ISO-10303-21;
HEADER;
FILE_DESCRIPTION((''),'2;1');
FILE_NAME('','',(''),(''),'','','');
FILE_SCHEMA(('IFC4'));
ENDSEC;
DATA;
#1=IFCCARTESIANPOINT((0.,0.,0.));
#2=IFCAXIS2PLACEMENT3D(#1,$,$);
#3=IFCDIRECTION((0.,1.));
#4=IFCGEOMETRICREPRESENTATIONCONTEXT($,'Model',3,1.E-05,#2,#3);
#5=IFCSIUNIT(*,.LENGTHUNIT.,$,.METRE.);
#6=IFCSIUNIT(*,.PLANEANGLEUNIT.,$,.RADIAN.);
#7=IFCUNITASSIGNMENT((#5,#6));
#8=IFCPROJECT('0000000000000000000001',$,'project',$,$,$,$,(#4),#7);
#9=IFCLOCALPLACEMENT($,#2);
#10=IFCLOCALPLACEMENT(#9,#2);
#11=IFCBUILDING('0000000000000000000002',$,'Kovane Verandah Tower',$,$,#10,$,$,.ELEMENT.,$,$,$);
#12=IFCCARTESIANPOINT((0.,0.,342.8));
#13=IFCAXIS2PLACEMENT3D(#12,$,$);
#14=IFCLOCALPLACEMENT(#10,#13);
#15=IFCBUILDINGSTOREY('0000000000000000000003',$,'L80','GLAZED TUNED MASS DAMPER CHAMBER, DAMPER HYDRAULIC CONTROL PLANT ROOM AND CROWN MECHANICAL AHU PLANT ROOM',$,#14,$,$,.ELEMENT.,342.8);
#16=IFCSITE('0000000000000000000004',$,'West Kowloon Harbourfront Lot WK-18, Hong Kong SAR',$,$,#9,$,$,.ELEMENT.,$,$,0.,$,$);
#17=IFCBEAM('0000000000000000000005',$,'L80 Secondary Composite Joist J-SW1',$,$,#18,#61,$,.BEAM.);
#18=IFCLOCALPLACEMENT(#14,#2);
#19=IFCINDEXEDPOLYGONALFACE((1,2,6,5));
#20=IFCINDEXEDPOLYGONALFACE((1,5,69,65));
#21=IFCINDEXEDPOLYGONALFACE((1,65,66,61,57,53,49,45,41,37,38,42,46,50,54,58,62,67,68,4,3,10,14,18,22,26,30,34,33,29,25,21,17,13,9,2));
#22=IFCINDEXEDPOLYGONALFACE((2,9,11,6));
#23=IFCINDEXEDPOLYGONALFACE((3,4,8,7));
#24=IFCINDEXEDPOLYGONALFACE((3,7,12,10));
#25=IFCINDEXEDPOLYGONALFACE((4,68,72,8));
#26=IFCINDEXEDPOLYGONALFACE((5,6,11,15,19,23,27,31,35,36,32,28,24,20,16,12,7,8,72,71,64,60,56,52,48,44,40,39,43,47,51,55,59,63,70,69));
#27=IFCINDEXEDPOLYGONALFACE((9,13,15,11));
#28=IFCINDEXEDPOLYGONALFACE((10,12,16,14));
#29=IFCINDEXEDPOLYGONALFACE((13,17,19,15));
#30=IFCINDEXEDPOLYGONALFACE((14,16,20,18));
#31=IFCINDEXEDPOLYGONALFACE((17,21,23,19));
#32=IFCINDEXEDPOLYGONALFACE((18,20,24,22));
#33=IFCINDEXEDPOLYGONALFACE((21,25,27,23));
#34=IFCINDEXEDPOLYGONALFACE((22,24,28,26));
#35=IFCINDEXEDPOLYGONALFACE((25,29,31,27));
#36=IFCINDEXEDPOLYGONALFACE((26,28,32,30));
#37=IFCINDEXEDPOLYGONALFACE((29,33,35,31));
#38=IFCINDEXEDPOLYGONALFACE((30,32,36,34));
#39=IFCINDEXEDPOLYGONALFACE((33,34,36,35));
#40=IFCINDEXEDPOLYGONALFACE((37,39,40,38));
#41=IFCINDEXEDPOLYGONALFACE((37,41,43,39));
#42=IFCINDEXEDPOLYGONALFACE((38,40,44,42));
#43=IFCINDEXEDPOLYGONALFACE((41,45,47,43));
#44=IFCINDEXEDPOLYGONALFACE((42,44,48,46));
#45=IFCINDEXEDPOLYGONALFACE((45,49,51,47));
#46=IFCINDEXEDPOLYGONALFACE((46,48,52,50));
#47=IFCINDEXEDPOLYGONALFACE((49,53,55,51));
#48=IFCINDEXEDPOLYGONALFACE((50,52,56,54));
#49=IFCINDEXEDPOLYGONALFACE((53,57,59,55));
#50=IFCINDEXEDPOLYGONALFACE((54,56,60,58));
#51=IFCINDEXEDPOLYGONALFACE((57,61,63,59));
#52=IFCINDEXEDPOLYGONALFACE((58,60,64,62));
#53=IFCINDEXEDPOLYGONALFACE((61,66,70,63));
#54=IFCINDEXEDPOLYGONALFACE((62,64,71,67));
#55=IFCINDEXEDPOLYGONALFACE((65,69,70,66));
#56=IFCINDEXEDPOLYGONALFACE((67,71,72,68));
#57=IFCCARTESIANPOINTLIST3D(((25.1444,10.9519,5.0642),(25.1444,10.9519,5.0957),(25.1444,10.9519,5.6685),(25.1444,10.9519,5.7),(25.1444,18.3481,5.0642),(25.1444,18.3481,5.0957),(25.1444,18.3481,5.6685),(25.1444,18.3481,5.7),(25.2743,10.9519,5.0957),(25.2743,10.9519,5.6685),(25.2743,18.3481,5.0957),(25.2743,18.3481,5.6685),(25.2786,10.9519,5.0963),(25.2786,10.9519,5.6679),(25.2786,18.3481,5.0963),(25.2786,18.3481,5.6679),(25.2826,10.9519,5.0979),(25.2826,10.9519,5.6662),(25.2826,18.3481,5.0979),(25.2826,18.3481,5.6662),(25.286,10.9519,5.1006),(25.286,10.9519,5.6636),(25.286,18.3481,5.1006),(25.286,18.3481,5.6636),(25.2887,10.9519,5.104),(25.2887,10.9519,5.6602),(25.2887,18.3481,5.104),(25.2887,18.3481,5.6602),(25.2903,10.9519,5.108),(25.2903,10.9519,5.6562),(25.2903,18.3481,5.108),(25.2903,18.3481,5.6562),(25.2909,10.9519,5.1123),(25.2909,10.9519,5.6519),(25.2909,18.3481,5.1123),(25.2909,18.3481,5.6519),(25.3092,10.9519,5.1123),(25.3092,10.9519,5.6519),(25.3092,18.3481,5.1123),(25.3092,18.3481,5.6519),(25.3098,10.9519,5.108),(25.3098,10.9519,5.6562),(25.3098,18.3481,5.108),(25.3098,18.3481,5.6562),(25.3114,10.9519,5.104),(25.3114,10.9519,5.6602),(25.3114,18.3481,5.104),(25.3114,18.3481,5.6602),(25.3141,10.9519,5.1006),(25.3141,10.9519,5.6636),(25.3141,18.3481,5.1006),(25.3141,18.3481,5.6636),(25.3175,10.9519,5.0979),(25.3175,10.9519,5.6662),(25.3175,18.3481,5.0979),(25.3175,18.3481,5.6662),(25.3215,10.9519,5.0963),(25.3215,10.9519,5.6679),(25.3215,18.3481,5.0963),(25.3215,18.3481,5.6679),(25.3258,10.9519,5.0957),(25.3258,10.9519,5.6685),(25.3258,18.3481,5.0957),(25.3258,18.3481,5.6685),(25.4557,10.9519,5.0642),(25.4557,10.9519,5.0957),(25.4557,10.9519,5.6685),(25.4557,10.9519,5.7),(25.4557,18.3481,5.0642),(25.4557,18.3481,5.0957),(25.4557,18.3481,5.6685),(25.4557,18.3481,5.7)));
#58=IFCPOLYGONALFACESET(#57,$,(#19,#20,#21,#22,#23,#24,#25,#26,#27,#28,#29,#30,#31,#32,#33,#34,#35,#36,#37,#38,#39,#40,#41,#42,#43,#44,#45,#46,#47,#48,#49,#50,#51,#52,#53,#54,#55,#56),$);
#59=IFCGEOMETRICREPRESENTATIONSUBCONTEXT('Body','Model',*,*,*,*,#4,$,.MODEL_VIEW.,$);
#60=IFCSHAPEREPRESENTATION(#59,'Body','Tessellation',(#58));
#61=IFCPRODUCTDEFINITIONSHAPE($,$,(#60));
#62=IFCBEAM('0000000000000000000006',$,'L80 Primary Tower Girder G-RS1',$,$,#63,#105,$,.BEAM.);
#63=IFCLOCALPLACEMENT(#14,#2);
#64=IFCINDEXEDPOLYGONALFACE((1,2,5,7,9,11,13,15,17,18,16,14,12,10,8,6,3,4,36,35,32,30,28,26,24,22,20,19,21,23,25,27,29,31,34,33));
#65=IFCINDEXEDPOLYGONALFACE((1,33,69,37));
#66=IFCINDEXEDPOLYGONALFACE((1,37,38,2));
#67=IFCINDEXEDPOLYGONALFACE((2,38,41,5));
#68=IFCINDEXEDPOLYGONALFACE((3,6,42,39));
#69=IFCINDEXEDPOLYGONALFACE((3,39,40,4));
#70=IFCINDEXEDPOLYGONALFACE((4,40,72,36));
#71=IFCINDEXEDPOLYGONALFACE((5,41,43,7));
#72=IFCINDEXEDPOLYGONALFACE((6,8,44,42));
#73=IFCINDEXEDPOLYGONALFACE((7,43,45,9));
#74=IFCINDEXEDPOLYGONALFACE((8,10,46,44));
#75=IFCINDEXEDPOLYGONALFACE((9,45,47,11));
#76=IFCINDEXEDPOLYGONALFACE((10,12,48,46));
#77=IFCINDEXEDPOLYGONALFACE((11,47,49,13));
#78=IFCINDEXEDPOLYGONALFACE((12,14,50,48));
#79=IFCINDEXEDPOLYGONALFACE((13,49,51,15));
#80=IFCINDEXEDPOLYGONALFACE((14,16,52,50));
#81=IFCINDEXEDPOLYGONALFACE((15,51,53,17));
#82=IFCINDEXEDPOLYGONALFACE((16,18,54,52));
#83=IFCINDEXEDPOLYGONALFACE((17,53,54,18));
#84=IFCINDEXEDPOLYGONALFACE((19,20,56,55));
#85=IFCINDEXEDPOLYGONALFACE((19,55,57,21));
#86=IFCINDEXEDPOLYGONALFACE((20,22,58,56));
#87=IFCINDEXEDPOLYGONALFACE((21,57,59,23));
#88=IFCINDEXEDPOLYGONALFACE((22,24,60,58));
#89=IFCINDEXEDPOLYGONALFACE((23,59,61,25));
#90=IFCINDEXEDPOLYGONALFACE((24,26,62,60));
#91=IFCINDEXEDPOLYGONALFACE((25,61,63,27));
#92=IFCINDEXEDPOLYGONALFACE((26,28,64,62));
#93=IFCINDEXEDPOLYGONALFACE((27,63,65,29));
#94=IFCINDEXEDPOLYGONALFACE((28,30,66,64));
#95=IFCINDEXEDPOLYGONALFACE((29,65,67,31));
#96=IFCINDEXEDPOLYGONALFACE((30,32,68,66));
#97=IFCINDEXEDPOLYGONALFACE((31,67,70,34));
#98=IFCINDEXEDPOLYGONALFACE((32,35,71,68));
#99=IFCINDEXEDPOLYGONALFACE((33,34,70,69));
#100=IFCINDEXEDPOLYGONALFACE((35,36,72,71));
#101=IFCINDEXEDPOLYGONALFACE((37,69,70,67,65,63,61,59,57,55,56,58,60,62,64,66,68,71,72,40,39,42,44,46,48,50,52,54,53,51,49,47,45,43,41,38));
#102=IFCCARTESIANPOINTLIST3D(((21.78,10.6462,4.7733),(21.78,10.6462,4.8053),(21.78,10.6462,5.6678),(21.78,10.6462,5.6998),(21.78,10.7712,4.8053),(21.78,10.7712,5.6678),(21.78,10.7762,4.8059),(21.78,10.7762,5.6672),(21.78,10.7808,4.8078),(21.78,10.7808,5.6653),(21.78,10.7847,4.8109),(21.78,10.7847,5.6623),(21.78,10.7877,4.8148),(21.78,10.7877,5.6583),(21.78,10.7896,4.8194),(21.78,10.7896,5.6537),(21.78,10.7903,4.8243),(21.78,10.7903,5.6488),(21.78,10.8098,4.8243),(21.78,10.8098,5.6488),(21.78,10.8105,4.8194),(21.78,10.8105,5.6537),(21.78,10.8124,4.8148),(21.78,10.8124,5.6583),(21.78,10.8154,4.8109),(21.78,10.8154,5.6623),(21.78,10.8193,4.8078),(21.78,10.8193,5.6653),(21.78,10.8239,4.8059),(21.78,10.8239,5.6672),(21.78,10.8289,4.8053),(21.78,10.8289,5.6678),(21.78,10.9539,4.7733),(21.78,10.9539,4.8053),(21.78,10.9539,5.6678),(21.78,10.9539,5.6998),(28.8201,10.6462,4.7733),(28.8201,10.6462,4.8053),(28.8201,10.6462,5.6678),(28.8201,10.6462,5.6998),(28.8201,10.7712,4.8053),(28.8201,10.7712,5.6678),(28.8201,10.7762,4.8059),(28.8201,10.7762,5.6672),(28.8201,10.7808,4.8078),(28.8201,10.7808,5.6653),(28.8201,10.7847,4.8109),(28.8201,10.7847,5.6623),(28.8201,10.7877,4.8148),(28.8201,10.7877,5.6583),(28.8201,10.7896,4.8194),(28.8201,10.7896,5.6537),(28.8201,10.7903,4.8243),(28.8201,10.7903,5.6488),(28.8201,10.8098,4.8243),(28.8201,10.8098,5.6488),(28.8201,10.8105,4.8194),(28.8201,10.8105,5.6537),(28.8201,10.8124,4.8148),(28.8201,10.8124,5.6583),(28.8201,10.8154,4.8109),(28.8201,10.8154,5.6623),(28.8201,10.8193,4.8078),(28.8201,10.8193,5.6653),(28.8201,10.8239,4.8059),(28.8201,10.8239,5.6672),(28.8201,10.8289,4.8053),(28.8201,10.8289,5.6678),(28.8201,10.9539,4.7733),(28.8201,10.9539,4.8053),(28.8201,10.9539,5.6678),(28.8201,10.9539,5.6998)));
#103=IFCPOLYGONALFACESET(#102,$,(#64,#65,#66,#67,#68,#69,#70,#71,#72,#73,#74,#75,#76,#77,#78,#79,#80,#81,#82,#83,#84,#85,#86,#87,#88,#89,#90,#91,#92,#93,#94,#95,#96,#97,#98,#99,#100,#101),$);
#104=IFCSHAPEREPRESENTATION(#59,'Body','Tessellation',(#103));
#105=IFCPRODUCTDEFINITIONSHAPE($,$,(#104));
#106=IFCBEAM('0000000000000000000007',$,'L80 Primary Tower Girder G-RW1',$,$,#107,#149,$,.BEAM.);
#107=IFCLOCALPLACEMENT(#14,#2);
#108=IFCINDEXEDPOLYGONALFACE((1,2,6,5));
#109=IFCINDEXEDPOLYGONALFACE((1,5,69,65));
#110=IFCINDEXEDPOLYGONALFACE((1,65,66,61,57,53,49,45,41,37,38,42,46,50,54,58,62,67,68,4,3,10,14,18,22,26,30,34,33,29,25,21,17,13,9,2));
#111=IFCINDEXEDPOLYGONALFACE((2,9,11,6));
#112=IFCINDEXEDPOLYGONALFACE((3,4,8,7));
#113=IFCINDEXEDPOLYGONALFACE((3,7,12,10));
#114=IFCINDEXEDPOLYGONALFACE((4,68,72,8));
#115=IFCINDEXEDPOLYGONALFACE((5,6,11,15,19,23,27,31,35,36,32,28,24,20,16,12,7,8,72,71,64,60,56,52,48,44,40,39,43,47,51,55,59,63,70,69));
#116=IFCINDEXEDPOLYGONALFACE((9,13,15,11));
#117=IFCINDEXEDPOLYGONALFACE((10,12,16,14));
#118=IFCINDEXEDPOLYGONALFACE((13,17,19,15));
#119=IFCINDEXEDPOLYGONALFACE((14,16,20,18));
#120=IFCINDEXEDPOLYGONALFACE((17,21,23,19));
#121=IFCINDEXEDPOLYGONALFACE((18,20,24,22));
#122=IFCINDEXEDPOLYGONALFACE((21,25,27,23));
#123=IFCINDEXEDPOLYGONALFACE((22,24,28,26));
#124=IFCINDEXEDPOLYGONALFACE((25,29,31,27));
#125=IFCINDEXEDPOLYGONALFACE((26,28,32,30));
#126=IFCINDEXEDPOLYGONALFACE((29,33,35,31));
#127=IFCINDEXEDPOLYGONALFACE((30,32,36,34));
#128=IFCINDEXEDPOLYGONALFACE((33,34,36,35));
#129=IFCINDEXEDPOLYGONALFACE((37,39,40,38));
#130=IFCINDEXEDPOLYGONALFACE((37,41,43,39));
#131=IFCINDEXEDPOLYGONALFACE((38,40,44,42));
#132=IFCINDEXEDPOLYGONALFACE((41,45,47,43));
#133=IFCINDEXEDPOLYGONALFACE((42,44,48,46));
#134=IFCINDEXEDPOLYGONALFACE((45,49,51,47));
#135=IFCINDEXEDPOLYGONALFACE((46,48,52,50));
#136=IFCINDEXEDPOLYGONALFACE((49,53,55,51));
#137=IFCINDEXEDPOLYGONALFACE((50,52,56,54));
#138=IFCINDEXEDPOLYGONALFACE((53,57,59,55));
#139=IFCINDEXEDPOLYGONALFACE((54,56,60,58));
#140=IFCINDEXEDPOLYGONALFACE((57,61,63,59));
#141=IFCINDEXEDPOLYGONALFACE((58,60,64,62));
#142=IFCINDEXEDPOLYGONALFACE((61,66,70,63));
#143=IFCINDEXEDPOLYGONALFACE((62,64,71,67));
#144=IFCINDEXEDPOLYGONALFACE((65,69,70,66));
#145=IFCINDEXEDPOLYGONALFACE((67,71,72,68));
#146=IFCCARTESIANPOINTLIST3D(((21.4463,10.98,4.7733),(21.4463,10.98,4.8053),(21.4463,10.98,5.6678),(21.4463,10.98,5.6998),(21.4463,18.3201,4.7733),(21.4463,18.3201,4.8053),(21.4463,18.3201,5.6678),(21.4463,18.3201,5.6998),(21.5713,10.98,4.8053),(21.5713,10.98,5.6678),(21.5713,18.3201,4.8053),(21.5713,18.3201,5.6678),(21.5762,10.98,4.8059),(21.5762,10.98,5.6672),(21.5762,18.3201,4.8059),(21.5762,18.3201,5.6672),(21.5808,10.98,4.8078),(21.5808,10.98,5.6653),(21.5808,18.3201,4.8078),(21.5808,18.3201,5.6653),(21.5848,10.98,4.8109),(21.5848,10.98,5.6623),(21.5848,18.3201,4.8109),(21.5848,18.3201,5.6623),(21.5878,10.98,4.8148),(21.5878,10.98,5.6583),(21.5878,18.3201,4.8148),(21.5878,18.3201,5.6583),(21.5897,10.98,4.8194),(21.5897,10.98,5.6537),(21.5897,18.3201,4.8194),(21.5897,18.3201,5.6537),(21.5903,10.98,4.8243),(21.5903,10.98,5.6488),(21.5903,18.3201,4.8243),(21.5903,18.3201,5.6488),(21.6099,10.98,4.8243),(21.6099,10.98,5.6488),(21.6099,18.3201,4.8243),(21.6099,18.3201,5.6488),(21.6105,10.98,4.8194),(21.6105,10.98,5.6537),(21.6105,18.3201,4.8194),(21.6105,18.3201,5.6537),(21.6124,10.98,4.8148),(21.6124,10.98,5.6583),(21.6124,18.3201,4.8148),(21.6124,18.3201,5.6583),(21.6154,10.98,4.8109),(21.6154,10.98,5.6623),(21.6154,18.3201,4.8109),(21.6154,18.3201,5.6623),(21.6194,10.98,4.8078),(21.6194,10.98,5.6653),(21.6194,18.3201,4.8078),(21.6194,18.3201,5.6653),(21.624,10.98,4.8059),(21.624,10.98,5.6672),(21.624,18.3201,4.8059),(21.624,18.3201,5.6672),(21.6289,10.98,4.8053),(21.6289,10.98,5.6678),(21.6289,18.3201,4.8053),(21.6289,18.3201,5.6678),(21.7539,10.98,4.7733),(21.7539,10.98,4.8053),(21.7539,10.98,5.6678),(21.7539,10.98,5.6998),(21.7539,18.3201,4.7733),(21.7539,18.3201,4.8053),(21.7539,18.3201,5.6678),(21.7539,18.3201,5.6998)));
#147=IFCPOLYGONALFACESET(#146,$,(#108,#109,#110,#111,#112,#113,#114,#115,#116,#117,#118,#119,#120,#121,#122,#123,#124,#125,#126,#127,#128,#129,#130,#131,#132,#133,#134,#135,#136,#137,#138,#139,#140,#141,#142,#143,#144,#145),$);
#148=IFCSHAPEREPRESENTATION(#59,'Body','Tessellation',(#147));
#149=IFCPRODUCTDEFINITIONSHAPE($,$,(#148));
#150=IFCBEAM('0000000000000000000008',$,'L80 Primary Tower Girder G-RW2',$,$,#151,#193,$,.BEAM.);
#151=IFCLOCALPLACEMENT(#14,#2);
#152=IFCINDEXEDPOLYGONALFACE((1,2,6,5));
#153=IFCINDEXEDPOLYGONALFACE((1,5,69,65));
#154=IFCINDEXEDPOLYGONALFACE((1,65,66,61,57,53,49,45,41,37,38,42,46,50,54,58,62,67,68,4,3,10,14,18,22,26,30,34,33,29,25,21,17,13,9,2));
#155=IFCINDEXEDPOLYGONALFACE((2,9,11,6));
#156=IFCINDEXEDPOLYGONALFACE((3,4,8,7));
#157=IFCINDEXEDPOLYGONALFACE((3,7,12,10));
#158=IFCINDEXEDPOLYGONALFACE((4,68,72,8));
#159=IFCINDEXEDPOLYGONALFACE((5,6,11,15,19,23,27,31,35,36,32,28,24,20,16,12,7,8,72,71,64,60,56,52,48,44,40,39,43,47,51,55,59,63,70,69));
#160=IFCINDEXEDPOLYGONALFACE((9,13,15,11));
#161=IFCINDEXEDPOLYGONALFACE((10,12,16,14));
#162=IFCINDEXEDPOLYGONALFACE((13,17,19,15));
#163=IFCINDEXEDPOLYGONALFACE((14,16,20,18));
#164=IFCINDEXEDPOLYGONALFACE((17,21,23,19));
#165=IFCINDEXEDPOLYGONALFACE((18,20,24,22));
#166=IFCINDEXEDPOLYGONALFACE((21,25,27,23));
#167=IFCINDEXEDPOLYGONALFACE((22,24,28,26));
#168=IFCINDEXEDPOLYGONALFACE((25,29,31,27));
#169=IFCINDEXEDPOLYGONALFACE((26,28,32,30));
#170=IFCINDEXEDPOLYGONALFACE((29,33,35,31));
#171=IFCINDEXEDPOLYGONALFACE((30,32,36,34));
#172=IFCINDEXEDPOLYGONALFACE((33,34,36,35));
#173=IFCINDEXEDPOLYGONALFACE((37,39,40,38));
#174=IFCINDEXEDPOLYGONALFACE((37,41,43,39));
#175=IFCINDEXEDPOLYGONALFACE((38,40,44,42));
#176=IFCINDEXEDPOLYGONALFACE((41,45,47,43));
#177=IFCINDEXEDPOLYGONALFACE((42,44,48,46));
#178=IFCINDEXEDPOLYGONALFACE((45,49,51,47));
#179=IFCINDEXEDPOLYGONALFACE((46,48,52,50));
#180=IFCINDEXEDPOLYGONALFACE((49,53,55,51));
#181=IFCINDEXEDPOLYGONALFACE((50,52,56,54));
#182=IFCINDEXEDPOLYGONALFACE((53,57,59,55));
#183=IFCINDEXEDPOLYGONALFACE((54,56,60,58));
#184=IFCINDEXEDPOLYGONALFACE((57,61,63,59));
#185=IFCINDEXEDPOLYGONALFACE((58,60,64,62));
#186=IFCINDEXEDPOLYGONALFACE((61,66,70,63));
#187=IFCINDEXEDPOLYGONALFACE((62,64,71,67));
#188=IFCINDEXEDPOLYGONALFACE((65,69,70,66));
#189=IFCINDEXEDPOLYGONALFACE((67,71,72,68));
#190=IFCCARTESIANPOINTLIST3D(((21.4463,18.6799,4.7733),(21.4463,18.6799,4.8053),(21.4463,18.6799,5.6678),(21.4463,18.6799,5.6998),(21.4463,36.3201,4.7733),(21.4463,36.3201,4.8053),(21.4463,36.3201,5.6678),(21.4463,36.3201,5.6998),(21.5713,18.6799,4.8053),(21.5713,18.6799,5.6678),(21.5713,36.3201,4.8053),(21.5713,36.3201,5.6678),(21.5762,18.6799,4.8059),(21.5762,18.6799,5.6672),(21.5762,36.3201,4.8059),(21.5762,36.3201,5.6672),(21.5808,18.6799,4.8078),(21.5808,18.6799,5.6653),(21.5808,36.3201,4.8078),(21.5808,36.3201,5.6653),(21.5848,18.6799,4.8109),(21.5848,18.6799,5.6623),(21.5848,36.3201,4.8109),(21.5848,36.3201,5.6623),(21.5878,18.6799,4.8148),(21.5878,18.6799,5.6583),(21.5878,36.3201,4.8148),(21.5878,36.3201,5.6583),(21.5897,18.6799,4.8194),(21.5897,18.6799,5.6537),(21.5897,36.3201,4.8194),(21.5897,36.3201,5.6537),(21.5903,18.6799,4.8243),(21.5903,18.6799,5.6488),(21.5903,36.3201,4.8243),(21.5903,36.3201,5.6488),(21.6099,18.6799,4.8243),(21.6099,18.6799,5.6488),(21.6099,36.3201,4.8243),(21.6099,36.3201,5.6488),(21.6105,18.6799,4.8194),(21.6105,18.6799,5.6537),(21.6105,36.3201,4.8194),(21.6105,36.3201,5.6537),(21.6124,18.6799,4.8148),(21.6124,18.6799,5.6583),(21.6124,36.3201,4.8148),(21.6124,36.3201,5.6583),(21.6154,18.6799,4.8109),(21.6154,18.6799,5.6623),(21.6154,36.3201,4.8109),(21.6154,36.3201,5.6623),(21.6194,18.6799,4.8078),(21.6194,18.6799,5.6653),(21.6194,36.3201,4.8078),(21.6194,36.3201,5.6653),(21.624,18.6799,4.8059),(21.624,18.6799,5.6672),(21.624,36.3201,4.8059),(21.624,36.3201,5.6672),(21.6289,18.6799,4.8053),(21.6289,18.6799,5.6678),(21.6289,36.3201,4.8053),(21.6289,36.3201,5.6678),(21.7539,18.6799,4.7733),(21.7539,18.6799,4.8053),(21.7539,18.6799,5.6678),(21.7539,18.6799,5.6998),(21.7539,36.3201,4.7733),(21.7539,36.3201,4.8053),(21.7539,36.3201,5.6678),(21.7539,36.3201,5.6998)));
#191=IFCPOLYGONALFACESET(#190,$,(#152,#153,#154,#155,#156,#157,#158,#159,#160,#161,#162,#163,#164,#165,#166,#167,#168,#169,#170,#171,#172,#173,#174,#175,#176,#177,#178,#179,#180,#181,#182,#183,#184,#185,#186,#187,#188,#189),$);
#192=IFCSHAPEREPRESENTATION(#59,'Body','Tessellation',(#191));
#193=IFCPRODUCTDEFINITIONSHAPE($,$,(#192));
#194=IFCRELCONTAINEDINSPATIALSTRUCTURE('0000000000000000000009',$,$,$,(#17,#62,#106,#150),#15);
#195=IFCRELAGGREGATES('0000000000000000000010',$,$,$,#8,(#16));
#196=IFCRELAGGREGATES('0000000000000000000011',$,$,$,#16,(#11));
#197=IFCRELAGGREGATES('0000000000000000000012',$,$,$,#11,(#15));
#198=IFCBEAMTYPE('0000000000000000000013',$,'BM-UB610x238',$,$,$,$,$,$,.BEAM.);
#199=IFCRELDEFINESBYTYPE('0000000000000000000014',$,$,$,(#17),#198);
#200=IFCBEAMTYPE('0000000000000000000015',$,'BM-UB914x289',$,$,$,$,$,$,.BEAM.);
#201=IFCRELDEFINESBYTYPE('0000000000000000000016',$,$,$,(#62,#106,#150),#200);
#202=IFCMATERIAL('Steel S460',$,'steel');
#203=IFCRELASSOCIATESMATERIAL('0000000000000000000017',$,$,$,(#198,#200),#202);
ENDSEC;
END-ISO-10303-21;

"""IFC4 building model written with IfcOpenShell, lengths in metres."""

from ifc_helpers import new_model, si_unit, direction, frame, origin, origin_2d, place, context, subcontext, project, spatial, i_section, extrude, material, material_profile, profile_set, type_object, element, save


model = new_model("IFC4")

# Units and contexts
model_context = context("Model", 3, precision=1e-05, world=origin(), true_north=direction((0.0, 1.0)))
body_context = subcontext(model_context, "Body", "Model", "MODEL_VIEW")
ifc_project = project(units=[si_unit("LENGTHUNIT", "METRE"), si_unit("PLANEANGLEUNIT", "RADIAN")], contexts=[model_context])

# Site, building, storey
site_placement = place(None, origin())
site = spatial("IfcSite", under=ifc_project, at=site_placement, Name="West Kowloon Harbourfront Lot WK-18, Hong Kong SAR", CompositionType="ELEMENT", RefElevation=0.0)
building_placement = place(site_placement, origin())
building = spatial("IfcBuilding", under=site, at=building_placement, Name="Kovane Verandah Tower", CompositionType="ELEMENT")
storey_placement = place(building_placement, frame((0.0, 0.0, 342.8)))
storey = spatial("IfcBuildingStorey", under=building, at=storey_placement, Name="L80", Description="GLAZED TUNED MASS DAMPER CHAMBER, DAMPER HYDRAULIC CONTROL PLANT ROOM AND CROWN MECHANICAL AHU PLANT ROOM", CompositionType="ELEMENT", Elevation=342.8)

# Shared definitions
ifc_material_1 = material(Name="Steel S460", Category="steel")

# Beams
ifc_material_profile_1 = material_profile(ifc_material_1, i_section(OverallWidth=0.3113, OverallDepth=0.6357, WebThickness=0.0183, FlangeThickness=0.0315, FilletRadius=0.0166, at=origin_2d()), Name="UB610x305x238")
ifc_profile_set_1 = profile_set([ifc_material_profile_1], Name="Steel S460")
beam_type_1 = type_object("IfcBeamType", Name="BM-UB610x238", PredefinedType="BEAM", material=ifc_profile_set_1)
beam_1_placement = place(storey_placement, frame((25.3, 10.9519, 5.3821), z_axis=(0.0, 1.0, 0.0), x_axis=(-1.0, 0.0, 0.0)))
element("IfcBeam", 1, at=beam_1_placement, inside=storey, type_object=beam_type_1, Name="L80 Secondary Composite Joist J-SW1", PredefinedType="BEAM", context=body_context, shape_type="SweptSolid", body=[
    extrude(i_section(OverallWidth=0.3113, OverallDepth=0.6357, WebThickness=0.0183, FlangeThickness=0.0315, FilletRadius=0.0166, at=origin_2d()), origin(), (0.0, 0.0, 1.0), 7.3962),
])
ifc_material_profile_2 = material_profile(ifc_material_1, i_section(OverallWidth=0.3076, OverallDepth=0.9265, WebThickness=0.0195, FlangeThickness=0.032, FilletRadius=0.019, at=origin_2d()), Name="UB914x305x289")
ifc_profile_set_2 = profile_set([ifc_material_profile_2], Name="Steel S460")
beam_type_2 = type_object("IfcBeamType", Name="BM-UB914x289", PredefinedType="BEAM", material=ifc_profile_set_2)
beam_2_placement = place(storey_placement, frame((21.78, 10.8, 5.2366), z_axis=(1.0, 0.0, 0.0), x_axis=(0.0, 1.0, 0.0)))
element("IfcBeam", 2, at=beam_2_placement, inside=storey, type_object=beam_type_2, Name="L80 Primary Tower Girder G-RS1", PredefinedType="BEAM", context=body_context, shape_type="SweptSolid", body=[
    extrude(i_section(OverallWidth=0.3076, OverallDepth=0.9265, WebThickness=0.0195, FlangeThickness=0.032, FilletRadius=0.019, at=origin_2d()), origin(), (0.0, 0.0, 1.0), 7.04),
])
beam_3_placement = place(storey_placement, frame((21.6001, 10.98, 5.2366), z_axis=(0.0, 1.0, 0.0), x_axis=(-1.0, 0.0, 0.0)))
element("IfcBeam", 3, at=beam_3_placement, inside=storey, type_object=beam_type_2, Name="L80 Primary Tower Girder G-RW1", PredefinedType="BEAM", context=body_context, shape_type="SweptSolid", body=[
    extrude(i_section(OverallWidth=0.3076, OverallDepth=0.9265, WebThickness=0.0195, FlangeThickness=0.032, FilletRadius=0.019, at=origin_2d()), origin(), (0.0, 0.0, 1.0), 7.3401),
])
beam_4_placement = place(storey_placement, frame((21.6001, 18.6799, 5.2366), z_axis=(0.0, 1.0, 0.0), x_axis=(-1.0, 0.0, 0.0)))
element("IfcBeam", 4, at=beam_4_placement, inside=storey, type_object=beam_type_2, Name="L80 Primary Tower Girder G-RW2", PredefinedType="BEAM", context=body_context, shape_type="SweptSolid", body=[
    extrude(i_section(OverallWidth=0.3076, OverallDepth=0.9265, WebThickness=0.0195, FlangeThickness=0.032, FilletRadius=0.019, at=origin_2d()), origin(), (0.0, 0.0, 1.0), 17.6401),
])

save(model, "model.ifc")
